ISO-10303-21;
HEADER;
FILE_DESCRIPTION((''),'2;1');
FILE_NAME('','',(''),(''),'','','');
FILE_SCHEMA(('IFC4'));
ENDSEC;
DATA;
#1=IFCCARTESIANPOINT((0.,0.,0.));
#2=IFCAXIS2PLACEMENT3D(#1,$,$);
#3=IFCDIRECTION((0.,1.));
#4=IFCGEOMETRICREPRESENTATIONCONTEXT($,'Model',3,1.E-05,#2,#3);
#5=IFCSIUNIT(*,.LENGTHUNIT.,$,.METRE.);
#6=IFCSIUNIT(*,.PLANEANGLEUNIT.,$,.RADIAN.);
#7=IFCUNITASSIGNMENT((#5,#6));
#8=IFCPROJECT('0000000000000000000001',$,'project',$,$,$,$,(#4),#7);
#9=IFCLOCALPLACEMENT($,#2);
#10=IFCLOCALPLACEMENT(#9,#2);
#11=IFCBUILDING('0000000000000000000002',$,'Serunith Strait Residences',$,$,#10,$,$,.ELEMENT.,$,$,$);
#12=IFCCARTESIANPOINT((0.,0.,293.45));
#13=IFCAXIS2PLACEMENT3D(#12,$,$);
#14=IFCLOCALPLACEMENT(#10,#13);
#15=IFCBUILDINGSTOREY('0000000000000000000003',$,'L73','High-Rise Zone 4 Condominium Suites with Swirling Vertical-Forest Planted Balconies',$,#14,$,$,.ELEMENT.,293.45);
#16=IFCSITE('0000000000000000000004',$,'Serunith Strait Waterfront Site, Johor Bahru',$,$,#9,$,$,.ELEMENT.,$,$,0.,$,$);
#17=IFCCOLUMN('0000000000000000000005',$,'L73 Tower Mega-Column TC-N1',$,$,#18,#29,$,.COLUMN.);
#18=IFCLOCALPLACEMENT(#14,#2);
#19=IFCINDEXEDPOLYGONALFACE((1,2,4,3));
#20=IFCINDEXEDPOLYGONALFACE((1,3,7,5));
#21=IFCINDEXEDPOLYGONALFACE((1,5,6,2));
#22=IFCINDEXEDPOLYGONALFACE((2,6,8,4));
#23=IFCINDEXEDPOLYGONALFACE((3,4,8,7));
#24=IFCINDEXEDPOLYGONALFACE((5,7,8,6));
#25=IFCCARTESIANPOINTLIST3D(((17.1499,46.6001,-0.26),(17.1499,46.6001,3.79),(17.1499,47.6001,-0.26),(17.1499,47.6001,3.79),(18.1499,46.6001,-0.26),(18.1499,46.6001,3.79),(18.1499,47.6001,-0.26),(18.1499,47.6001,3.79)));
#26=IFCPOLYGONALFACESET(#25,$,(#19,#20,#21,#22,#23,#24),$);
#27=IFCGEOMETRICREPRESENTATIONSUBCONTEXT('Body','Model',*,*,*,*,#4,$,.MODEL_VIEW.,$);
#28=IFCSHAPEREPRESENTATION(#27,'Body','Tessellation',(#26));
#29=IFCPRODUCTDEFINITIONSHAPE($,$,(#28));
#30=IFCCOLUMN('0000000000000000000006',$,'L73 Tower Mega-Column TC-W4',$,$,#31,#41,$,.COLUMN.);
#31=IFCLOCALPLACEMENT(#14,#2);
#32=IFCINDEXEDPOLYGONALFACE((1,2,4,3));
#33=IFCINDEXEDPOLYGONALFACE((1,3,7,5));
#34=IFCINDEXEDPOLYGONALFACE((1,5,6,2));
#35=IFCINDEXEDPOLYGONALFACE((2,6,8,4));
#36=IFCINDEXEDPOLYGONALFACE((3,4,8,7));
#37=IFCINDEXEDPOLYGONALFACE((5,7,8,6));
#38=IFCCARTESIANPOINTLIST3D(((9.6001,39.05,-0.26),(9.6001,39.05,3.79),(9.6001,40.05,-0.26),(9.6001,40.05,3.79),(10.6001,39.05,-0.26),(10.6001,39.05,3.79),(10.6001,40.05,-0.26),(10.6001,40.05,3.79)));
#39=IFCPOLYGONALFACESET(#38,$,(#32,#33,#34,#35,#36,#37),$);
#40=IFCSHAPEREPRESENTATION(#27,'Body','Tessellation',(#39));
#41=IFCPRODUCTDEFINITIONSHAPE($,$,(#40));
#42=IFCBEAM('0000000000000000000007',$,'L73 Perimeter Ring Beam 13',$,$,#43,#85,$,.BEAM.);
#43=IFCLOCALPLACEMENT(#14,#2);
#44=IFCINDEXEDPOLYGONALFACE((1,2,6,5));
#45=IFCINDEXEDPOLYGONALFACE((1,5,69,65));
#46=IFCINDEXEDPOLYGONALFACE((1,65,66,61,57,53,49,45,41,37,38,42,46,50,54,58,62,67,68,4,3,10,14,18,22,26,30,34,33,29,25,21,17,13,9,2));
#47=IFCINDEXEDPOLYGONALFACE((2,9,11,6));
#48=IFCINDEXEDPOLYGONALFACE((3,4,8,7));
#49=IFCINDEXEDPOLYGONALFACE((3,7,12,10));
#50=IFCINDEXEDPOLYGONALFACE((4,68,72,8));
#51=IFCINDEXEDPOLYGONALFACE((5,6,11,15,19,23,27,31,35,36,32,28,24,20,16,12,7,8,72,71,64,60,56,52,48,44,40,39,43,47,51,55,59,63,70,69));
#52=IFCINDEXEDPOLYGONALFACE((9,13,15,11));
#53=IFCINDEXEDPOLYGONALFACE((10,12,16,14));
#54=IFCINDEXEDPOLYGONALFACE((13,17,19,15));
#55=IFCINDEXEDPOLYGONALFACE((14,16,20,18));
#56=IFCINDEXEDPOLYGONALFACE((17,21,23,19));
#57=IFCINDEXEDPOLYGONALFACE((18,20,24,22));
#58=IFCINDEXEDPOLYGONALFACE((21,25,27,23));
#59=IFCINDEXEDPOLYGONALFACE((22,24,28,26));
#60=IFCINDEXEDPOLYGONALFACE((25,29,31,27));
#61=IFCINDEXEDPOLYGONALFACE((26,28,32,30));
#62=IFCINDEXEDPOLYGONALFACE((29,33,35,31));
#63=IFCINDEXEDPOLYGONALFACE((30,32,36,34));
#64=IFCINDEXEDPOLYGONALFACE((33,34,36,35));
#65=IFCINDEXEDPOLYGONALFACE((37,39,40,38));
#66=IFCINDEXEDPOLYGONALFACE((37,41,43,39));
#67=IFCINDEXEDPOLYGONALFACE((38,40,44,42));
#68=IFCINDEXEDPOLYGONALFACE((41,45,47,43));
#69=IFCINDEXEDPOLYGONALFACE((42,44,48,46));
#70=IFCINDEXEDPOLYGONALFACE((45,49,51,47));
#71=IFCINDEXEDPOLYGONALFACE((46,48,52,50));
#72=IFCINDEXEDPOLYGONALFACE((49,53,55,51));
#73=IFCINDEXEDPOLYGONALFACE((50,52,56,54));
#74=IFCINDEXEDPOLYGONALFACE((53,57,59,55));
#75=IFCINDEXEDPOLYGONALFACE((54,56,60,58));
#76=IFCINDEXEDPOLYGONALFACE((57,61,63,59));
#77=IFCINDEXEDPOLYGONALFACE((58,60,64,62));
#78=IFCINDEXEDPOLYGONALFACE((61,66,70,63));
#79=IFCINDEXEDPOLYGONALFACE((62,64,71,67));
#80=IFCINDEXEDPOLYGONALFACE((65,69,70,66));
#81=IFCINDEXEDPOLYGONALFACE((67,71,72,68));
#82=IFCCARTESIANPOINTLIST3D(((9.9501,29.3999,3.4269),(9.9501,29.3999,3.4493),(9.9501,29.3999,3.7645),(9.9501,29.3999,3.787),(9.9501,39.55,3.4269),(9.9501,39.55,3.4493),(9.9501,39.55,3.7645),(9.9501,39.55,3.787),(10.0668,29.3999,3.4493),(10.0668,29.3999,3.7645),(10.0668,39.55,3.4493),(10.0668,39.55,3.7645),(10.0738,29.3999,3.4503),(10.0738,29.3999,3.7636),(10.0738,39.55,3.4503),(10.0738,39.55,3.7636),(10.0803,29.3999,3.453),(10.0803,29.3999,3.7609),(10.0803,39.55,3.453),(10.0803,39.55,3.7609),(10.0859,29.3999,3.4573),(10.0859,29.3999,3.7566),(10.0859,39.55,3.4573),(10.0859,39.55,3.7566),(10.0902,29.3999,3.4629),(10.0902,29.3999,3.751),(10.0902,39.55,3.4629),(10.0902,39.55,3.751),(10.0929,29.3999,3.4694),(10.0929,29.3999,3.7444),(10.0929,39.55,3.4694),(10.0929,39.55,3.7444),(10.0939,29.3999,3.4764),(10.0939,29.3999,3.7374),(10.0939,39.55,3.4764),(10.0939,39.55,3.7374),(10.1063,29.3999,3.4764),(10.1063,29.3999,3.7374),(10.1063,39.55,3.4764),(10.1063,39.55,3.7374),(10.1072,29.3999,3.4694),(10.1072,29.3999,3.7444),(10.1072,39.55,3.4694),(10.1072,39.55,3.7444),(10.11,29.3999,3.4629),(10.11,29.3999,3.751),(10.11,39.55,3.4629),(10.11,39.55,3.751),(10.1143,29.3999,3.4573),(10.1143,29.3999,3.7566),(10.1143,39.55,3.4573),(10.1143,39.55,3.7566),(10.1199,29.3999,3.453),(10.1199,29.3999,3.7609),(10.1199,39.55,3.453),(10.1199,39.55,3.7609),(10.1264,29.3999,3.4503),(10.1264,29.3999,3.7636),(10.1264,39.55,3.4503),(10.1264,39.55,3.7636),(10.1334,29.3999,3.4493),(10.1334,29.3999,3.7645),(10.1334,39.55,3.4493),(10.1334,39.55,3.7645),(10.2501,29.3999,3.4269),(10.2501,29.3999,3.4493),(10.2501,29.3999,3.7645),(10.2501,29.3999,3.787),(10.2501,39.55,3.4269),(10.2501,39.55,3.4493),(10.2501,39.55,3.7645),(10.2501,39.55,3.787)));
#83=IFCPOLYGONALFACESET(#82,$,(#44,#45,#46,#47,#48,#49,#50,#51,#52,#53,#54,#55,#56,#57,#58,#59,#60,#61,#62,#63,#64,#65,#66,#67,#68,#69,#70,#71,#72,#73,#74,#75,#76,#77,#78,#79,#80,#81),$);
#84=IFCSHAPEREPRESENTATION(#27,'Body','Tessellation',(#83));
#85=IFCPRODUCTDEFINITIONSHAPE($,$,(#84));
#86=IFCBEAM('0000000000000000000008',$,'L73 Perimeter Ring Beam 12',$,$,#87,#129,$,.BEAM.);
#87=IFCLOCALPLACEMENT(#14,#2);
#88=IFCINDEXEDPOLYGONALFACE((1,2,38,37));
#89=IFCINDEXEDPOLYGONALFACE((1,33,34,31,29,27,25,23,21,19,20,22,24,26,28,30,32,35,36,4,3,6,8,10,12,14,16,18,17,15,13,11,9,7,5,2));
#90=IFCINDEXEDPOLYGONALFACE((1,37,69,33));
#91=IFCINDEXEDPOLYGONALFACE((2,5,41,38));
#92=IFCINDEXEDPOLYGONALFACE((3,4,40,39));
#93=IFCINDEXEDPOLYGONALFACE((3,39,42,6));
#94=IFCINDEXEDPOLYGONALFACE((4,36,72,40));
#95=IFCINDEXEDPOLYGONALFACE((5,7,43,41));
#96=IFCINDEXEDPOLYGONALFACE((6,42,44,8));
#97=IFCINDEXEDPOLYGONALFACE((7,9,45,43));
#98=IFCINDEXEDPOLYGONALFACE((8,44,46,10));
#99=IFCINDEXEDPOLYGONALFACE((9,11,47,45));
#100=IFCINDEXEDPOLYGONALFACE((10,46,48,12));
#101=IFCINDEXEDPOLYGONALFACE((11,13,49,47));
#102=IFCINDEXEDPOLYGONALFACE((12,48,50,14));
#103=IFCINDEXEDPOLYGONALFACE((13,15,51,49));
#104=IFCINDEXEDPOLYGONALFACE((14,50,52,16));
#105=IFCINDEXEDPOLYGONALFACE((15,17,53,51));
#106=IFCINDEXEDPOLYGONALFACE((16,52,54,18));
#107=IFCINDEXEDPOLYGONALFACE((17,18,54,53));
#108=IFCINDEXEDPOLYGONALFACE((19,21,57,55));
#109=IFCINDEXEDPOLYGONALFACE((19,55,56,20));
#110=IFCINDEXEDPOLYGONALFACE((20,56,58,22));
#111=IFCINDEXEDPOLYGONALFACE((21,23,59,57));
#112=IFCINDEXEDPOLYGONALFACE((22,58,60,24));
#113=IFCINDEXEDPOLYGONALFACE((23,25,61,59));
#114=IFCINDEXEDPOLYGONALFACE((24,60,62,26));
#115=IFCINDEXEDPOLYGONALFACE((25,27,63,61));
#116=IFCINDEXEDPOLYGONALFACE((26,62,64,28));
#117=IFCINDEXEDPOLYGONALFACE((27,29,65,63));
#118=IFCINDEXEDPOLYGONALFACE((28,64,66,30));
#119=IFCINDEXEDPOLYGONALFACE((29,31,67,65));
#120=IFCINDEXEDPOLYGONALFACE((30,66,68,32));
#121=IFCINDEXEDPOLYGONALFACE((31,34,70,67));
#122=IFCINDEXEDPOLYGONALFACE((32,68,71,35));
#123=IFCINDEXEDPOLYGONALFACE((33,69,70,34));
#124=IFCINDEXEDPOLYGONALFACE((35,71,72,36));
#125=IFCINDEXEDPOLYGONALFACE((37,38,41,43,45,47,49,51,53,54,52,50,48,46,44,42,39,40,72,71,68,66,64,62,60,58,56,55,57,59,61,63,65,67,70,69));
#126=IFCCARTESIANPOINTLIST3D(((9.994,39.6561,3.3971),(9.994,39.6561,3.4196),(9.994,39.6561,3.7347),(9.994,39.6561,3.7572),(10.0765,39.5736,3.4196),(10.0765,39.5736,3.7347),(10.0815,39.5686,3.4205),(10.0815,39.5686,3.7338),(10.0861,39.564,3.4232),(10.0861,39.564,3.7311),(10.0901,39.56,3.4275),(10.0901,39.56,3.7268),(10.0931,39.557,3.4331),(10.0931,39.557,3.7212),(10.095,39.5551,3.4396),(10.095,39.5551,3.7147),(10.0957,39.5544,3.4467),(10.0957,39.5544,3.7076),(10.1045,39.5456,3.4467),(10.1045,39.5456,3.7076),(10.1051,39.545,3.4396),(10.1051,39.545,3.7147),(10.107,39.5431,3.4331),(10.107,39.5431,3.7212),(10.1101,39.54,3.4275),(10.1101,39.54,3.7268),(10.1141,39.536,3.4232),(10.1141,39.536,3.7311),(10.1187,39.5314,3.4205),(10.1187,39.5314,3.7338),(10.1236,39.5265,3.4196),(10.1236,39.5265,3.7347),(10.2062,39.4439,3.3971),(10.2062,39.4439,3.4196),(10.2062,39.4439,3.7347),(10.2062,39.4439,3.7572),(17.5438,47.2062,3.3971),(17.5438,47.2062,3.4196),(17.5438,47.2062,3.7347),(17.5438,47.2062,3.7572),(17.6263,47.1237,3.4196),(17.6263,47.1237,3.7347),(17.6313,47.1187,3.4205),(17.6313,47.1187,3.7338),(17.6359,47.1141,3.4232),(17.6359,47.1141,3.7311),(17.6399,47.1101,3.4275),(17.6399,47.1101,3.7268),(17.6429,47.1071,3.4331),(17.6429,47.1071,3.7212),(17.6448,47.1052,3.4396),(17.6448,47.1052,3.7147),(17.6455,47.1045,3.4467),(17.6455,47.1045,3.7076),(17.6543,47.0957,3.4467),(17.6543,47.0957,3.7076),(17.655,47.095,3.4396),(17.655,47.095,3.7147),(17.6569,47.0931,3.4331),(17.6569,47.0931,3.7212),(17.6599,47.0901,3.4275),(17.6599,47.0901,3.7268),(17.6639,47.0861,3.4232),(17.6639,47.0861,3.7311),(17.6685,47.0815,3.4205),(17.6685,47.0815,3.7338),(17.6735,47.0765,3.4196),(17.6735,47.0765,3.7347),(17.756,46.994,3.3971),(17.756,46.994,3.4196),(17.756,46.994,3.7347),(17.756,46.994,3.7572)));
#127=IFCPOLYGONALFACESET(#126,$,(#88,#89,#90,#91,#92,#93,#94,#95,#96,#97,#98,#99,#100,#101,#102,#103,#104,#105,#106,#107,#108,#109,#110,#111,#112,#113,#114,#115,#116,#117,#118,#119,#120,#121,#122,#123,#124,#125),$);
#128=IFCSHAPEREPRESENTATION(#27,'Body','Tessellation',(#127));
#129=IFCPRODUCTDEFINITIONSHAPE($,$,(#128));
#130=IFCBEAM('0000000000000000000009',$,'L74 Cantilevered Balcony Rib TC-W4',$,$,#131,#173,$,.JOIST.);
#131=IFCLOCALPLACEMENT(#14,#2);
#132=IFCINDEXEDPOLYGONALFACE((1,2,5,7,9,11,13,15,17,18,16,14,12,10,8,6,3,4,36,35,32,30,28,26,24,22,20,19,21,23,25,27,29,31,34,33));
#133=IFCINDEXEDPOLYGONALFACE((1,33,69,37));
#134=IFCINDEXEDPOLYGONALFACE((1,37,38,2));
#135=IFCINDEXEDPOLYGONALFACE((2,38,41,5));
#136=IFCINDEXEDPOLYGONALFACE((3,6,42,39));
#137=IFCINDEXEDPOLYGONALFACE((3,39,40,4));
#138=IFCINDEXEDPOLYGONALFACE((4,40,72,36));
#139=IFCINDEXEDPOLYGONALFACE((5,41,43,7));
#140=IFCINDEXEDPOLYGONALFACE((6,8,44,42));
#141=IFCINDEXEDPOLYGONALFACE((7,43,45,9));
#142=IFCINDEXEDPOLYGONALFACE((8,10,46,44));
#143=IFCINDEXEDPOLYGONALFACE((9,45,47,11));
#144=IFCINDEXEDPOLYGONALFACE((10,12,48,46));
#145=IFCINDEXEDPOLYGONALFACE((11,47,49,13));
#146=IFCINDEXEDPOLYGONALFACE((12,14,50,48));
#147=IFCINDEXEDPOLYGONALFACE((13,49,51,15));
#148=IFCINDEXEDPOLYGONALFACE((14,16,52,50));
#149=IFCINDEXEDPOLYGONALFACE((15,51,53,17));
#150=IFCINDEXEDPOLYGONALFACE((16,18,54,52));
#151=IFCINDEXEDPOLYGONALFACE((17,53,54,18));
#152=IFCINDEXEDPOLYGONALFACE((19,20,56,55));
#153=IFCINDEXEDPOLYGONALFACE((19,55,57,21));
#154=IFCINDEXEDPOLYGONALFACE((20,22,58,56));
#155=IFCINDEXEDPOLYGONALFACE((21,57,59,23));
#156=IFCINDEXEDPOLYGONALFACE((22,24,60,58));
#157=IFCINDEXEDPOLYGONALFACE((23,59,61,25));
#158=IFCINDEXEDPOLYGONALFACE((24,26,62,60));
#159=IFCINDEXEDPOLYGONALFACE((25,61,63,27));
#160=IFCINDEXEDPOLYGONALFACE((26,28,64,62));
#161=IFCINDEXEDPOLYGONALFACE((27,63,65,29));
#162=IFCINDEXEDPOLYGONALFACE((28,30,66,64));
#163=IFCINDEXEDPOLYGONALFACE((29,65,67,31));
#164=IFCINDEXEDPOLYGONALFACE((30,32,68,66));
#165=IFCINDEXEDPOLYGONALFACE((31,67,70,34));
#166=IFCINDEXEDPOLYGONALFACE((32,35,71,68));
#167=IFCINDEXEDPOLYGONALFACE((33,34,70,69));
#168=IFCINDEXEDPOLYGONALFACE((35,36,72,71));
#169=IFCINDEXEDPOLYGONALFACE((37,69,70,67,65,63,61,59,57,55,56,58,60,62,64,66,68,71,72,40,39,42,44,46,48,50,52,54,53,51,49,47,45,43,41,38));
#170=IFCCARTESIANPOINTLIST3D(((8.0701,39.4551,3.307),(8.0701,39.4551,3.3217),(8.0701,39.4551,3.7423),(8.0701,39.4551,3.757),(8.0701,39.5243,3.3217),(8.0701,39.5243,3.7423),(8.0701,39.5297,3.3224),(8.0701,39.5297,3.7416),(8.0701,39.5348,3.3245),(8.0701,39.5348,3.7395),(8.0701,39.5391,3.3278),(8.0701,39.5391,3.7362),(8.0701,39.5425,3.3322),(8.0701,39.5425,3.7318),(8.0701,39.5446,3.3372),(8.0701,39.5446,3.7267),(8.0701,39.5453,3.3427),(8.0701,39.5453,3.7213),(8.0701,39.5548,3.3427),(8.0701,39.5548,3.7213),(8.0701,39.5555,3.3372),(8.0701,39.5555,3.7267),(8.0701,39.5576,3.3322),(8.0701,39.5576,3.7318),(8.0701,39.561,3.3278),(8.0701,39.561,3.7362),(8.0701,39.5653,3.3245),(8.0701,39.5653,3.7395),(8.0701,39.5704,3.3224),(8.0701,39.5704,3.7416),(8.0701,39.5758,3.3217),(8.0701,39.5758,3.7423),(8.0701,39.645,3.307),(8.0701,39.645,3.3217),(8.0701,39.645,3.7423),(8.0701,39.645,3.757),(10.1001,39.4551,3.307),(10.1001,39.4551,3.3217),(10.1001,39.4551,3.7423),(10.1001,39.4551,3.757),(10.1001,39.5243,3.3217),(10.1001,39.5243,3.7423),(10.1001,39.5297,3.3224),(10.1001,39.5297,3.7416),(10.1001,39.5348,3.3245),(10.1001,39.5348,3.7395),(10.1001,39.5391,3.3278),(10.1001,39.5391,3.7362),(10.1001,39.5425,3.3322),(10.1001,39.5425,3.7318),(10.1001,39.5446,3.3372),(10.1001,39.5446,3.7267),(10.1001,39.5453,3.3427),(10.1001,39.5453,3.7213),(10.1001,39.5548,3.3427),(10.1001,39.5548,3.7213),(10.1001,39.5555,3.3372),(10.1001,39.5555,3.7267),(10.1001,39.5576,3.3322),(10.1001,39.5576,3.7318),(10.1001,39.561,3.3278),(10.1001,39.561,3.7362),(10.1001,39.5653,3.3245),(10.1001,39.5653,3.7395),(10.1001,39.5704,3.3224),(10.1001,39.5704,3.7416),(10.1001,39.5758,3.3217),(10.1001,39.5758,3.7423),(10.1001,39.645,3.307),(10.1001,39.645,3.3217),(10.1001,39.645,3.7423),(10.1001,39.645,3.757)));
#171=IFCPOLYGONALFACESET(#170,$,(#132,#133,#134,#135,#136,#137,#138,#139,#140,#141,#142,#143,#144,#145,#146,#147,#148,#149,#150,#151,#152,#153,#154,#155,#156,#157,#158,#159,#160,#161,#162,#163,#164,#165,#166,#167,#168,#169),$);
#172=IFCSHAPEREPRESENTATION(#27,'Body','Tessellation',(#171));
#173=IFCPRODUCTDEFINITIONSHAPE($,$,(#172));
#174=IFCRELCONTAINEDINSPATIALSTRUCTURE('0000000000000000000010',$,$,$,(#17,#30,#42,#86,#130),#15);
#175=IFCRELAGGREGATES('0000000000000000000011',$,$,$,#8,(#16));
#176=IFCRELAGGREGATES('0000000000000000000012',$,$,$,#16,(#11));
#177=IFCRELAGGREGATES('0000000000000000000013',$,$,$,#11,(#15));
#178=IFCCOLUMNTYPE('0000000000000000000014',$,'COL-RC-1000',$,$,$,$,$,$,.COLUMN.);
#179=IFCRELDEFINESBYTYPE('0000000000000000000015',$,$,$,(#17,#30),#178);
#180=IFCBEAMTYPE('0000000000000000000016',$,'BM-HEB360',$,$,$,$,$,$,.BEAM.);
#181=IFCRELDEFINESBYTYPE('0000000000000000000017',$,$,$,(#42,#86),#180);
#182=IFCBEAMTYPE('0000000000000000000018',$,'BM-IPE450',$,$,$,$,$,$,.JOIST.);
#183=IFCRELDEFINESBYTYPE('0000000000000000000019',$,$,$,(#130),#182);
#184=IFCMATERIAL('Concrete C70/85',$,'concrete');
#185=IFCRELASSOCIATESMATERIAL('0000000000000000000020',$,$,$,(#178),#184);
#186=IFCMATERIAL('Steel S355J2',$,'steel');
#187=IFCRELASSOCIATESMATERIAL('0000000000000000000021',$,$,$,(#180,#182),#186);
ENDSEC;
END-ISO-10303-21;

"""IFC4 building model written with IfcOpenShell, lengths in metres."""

from ifc_helpers import new_model, si_unit, direction, frame, origin, origin_2d, place, context, subcontext, project, spatial, rectangle, i_section, extrude, source, transform, mapped, material, material_profile, profile_set, type_object, element, save


model = new_model("IFC4")

# Units and contexts
model_context = context("Model", 3, precision=1e-05, world=origin(), true_north=direction((0.0, 1.0)))
body_context = subcontext(model_context, "Body", "Model", "MODEL_VIEW")
ifc_project = project(units=[si_unit("LENGTHUNIT", "METRE"), si_unit("PLANEANGLEUNIT", "RADIAN")], contexts=[model_context])

# Site, building, storey
site_placement = place(None, origin())
site = spatial("IfcSite", under=ifc_project, at=site_placement, Name="Serunith Strait Waterfront Site, Johor Bahru", CompositionType="ELEMENT", RefElevation=0.0)
building_placement = place(site_placement, origin())
building = spatial("IfcBuilding", under=site, at=building_placement, Name="Serunith Strait Residences", CompositionType="ELEMENT")
storey_placement = place(building_placement, frame((0.0, 0.0, 293.45)))
storey = spatial("IfcBuildingStorey", under=building, at=storey_placement, Name="L73", Description="High-Rise Zone 4 Condominium Suites with Swirling Vertical-Forest Planted Balconies", CompositionType="ELEMENT", Elevation=293.45)

# Columns
ifc_material_1 = material(Name="Concrete C70/85", Category="concrete")
ifc_material_profile_1 = material_profile(ifc_material_1, rectangle(XDim=1.0, YDim=1.0, at=origin_2d()), Name="RC 1000x1000")
ifc_profile_set_1 = profile_set([ifc_material_profile_1], Name="Concrete C70/85")
column_type = type_object("IfcColumnType", Name="COL-RC-1000", PredefinedType="COLUMN", material=ifc_profile_set_1)
shared_shape_1 = source(origin(), body_context, "Body", "SweptSolid", [
    extrude(rectangle(XDim=1.0, YDim=1.0, at=origin_2d()), origin(), (0.0, 0.0, 1.0), 4.05),
])
for number, where, z_axis, x_axis, name in (
    (1, (17.6499, 47.1001, -0.26), (0.0, 0.0, 1.0), (1.0, 0.0, 0.0), "L73 Tower Mega-Column TC-N1"),
    (2, (10.1001, 39.55, -0.26), (0.0, 0.0, 1.0), (1.0, 0.0, 0.0), "L73 Tower Mega-Column TC-W4"),
):
    element("IfcColumn", number, at=place(storey_placement, frame(where, z_axis=z_axis, x_axis=x_axis)), inside=storey, type_object=column_type, Name=name, PredefinedType="COLUMN", context=body_context, shape_type="MappedRepresentation", body=[
        mapped(shared_shape_1, transform((0.0, 0.0, 0.0), scale=1.0)),
    ])

# Beams
ifc_material_2 = material(Name="Steel S355J2", Category="steel")
ifc_material_profile_2 = material_profile(ifc_material_2, i_section(OverallWidth=0.3, OverallDepth=0.3601, WebThickness=0.0125, FlangeThickness=0.0225, FilletRadius=0.0271, at=origin_2d()), Name="HEB 360")
ifc_profile_set_2 = profile_set([ifc_material_profile_2], Name="Steel S355J2")
beam_type_1 = type_object("IfcBeamType", Name="BM-HEB360", PredefinedType="BEAM", material=ifc_profile_set_2)
shared_shape_2 = source(origin(), body_context, "Body", "SweptSolid", [
    extrude(i_section(OverallWidth=0.3, OverallDepth=0.3601, WebThickness=0.0125, FlangeThickness=0.0225, FilletRadius=0.0271, at=origin_2d()), origin(), (0.0, 0.0, 1.0), 10.1501),
])
beam_1_placement = place(storey_placement, frame((10.1001, 39.55, 3.6069), z_axis=(0.0, -1.0, 0.0), x_axis=(1.0, 0.0, 0.0)))
element("IfcBeam", 3, at=beam_1_placement, inside=storey, type_object=beam_type_1, Name="L73 Perimeter Ring Beam 13", PredefinedType="BEAM", context=body_context, shape_type="MappedRepresentation", body=[
    mapped(shared_shape_2, transform((0.0, 0.0, 0.0), scale=1.0)),
])
shared_shape_3 = source(origin(), body_context, "Body", "SweptSolid", [
    extrude(i_section(OverallWidth=0.3, OverallDepth=0.3601, WebThickness=0.0125, FlangeThickness=0.0225, FilletRadius=0.0271, at=origin_2d()), origin(), (0.0, 0.0, 1.0), 10.6772),
])
beam_2_placement = place(storey_placement, frame((17.6499, 47.1001, 3.5771), z_axis=(-0.707095, -0.707118, 0.0), x_axis=(0.707118, -0.707095, 0.0)))
element("IfcBeam", 4, at=beam_2_placement, inside=storey, type_object=beam_type_1, Name="L73 Perimeter Ring Beam 12", PredefinedType="BEAM", context=body_context, shape_type="MappedRepresentation", body=[
    mapped(shared_shape_3, transform((0.0, 0.0, 0.0), scale=1.0)),
])
ifc_material_profile_3 = material_profile(ifc_material_2, i_section(OverallWidth=0.1899, OverallDepth=0.45, WebThickness=0.0095, FlangeThickness=0.0146, FilletRadius=0.021, at=origin_2d()), Name="IPE 450")
ifc_profile_set_3 = profile_set([ifc_material_profile_3], Name="Steel S355J2")
beam_type_2 = type_object("IfcBeamType", Name="BM-IPE450", PredefinedType="JOIST", material=ifc_profile_set_3)
shared_shape_4 = source(origin(), body_context, "Body", "SweptSolid", [
    extrude(i_section(OverallWidth=0.1899, OverallDepth=0.45, WebThickness=0.0095, FlangeThickness=0.0146, FilletRadius=0.021, at=origin_2d()), origin(), (0.0, 0.0, 1.0), 2.03),
])
beam_3_placement = place(storey_placement, frame((10.1001, 39.55, 3.532), z_axis=(-1.0, 0.0, 0.0), x_axis=(0.0, -1.0, 0.0)))
element("IfcBeam", 5, at=beam_3_placement, inside=storey, type_object=beam_type_2, Name="L74 Cantilevered Balcony Rib TC-W4", PredefinedType="JOIST", context=body_context, shape_type="MappedRepresentation", body=[
    mapped(shared_shape_4, transform((0.0, 0.0, 0.0), scale=1.0)),
])

save(model, "model.ifc")
